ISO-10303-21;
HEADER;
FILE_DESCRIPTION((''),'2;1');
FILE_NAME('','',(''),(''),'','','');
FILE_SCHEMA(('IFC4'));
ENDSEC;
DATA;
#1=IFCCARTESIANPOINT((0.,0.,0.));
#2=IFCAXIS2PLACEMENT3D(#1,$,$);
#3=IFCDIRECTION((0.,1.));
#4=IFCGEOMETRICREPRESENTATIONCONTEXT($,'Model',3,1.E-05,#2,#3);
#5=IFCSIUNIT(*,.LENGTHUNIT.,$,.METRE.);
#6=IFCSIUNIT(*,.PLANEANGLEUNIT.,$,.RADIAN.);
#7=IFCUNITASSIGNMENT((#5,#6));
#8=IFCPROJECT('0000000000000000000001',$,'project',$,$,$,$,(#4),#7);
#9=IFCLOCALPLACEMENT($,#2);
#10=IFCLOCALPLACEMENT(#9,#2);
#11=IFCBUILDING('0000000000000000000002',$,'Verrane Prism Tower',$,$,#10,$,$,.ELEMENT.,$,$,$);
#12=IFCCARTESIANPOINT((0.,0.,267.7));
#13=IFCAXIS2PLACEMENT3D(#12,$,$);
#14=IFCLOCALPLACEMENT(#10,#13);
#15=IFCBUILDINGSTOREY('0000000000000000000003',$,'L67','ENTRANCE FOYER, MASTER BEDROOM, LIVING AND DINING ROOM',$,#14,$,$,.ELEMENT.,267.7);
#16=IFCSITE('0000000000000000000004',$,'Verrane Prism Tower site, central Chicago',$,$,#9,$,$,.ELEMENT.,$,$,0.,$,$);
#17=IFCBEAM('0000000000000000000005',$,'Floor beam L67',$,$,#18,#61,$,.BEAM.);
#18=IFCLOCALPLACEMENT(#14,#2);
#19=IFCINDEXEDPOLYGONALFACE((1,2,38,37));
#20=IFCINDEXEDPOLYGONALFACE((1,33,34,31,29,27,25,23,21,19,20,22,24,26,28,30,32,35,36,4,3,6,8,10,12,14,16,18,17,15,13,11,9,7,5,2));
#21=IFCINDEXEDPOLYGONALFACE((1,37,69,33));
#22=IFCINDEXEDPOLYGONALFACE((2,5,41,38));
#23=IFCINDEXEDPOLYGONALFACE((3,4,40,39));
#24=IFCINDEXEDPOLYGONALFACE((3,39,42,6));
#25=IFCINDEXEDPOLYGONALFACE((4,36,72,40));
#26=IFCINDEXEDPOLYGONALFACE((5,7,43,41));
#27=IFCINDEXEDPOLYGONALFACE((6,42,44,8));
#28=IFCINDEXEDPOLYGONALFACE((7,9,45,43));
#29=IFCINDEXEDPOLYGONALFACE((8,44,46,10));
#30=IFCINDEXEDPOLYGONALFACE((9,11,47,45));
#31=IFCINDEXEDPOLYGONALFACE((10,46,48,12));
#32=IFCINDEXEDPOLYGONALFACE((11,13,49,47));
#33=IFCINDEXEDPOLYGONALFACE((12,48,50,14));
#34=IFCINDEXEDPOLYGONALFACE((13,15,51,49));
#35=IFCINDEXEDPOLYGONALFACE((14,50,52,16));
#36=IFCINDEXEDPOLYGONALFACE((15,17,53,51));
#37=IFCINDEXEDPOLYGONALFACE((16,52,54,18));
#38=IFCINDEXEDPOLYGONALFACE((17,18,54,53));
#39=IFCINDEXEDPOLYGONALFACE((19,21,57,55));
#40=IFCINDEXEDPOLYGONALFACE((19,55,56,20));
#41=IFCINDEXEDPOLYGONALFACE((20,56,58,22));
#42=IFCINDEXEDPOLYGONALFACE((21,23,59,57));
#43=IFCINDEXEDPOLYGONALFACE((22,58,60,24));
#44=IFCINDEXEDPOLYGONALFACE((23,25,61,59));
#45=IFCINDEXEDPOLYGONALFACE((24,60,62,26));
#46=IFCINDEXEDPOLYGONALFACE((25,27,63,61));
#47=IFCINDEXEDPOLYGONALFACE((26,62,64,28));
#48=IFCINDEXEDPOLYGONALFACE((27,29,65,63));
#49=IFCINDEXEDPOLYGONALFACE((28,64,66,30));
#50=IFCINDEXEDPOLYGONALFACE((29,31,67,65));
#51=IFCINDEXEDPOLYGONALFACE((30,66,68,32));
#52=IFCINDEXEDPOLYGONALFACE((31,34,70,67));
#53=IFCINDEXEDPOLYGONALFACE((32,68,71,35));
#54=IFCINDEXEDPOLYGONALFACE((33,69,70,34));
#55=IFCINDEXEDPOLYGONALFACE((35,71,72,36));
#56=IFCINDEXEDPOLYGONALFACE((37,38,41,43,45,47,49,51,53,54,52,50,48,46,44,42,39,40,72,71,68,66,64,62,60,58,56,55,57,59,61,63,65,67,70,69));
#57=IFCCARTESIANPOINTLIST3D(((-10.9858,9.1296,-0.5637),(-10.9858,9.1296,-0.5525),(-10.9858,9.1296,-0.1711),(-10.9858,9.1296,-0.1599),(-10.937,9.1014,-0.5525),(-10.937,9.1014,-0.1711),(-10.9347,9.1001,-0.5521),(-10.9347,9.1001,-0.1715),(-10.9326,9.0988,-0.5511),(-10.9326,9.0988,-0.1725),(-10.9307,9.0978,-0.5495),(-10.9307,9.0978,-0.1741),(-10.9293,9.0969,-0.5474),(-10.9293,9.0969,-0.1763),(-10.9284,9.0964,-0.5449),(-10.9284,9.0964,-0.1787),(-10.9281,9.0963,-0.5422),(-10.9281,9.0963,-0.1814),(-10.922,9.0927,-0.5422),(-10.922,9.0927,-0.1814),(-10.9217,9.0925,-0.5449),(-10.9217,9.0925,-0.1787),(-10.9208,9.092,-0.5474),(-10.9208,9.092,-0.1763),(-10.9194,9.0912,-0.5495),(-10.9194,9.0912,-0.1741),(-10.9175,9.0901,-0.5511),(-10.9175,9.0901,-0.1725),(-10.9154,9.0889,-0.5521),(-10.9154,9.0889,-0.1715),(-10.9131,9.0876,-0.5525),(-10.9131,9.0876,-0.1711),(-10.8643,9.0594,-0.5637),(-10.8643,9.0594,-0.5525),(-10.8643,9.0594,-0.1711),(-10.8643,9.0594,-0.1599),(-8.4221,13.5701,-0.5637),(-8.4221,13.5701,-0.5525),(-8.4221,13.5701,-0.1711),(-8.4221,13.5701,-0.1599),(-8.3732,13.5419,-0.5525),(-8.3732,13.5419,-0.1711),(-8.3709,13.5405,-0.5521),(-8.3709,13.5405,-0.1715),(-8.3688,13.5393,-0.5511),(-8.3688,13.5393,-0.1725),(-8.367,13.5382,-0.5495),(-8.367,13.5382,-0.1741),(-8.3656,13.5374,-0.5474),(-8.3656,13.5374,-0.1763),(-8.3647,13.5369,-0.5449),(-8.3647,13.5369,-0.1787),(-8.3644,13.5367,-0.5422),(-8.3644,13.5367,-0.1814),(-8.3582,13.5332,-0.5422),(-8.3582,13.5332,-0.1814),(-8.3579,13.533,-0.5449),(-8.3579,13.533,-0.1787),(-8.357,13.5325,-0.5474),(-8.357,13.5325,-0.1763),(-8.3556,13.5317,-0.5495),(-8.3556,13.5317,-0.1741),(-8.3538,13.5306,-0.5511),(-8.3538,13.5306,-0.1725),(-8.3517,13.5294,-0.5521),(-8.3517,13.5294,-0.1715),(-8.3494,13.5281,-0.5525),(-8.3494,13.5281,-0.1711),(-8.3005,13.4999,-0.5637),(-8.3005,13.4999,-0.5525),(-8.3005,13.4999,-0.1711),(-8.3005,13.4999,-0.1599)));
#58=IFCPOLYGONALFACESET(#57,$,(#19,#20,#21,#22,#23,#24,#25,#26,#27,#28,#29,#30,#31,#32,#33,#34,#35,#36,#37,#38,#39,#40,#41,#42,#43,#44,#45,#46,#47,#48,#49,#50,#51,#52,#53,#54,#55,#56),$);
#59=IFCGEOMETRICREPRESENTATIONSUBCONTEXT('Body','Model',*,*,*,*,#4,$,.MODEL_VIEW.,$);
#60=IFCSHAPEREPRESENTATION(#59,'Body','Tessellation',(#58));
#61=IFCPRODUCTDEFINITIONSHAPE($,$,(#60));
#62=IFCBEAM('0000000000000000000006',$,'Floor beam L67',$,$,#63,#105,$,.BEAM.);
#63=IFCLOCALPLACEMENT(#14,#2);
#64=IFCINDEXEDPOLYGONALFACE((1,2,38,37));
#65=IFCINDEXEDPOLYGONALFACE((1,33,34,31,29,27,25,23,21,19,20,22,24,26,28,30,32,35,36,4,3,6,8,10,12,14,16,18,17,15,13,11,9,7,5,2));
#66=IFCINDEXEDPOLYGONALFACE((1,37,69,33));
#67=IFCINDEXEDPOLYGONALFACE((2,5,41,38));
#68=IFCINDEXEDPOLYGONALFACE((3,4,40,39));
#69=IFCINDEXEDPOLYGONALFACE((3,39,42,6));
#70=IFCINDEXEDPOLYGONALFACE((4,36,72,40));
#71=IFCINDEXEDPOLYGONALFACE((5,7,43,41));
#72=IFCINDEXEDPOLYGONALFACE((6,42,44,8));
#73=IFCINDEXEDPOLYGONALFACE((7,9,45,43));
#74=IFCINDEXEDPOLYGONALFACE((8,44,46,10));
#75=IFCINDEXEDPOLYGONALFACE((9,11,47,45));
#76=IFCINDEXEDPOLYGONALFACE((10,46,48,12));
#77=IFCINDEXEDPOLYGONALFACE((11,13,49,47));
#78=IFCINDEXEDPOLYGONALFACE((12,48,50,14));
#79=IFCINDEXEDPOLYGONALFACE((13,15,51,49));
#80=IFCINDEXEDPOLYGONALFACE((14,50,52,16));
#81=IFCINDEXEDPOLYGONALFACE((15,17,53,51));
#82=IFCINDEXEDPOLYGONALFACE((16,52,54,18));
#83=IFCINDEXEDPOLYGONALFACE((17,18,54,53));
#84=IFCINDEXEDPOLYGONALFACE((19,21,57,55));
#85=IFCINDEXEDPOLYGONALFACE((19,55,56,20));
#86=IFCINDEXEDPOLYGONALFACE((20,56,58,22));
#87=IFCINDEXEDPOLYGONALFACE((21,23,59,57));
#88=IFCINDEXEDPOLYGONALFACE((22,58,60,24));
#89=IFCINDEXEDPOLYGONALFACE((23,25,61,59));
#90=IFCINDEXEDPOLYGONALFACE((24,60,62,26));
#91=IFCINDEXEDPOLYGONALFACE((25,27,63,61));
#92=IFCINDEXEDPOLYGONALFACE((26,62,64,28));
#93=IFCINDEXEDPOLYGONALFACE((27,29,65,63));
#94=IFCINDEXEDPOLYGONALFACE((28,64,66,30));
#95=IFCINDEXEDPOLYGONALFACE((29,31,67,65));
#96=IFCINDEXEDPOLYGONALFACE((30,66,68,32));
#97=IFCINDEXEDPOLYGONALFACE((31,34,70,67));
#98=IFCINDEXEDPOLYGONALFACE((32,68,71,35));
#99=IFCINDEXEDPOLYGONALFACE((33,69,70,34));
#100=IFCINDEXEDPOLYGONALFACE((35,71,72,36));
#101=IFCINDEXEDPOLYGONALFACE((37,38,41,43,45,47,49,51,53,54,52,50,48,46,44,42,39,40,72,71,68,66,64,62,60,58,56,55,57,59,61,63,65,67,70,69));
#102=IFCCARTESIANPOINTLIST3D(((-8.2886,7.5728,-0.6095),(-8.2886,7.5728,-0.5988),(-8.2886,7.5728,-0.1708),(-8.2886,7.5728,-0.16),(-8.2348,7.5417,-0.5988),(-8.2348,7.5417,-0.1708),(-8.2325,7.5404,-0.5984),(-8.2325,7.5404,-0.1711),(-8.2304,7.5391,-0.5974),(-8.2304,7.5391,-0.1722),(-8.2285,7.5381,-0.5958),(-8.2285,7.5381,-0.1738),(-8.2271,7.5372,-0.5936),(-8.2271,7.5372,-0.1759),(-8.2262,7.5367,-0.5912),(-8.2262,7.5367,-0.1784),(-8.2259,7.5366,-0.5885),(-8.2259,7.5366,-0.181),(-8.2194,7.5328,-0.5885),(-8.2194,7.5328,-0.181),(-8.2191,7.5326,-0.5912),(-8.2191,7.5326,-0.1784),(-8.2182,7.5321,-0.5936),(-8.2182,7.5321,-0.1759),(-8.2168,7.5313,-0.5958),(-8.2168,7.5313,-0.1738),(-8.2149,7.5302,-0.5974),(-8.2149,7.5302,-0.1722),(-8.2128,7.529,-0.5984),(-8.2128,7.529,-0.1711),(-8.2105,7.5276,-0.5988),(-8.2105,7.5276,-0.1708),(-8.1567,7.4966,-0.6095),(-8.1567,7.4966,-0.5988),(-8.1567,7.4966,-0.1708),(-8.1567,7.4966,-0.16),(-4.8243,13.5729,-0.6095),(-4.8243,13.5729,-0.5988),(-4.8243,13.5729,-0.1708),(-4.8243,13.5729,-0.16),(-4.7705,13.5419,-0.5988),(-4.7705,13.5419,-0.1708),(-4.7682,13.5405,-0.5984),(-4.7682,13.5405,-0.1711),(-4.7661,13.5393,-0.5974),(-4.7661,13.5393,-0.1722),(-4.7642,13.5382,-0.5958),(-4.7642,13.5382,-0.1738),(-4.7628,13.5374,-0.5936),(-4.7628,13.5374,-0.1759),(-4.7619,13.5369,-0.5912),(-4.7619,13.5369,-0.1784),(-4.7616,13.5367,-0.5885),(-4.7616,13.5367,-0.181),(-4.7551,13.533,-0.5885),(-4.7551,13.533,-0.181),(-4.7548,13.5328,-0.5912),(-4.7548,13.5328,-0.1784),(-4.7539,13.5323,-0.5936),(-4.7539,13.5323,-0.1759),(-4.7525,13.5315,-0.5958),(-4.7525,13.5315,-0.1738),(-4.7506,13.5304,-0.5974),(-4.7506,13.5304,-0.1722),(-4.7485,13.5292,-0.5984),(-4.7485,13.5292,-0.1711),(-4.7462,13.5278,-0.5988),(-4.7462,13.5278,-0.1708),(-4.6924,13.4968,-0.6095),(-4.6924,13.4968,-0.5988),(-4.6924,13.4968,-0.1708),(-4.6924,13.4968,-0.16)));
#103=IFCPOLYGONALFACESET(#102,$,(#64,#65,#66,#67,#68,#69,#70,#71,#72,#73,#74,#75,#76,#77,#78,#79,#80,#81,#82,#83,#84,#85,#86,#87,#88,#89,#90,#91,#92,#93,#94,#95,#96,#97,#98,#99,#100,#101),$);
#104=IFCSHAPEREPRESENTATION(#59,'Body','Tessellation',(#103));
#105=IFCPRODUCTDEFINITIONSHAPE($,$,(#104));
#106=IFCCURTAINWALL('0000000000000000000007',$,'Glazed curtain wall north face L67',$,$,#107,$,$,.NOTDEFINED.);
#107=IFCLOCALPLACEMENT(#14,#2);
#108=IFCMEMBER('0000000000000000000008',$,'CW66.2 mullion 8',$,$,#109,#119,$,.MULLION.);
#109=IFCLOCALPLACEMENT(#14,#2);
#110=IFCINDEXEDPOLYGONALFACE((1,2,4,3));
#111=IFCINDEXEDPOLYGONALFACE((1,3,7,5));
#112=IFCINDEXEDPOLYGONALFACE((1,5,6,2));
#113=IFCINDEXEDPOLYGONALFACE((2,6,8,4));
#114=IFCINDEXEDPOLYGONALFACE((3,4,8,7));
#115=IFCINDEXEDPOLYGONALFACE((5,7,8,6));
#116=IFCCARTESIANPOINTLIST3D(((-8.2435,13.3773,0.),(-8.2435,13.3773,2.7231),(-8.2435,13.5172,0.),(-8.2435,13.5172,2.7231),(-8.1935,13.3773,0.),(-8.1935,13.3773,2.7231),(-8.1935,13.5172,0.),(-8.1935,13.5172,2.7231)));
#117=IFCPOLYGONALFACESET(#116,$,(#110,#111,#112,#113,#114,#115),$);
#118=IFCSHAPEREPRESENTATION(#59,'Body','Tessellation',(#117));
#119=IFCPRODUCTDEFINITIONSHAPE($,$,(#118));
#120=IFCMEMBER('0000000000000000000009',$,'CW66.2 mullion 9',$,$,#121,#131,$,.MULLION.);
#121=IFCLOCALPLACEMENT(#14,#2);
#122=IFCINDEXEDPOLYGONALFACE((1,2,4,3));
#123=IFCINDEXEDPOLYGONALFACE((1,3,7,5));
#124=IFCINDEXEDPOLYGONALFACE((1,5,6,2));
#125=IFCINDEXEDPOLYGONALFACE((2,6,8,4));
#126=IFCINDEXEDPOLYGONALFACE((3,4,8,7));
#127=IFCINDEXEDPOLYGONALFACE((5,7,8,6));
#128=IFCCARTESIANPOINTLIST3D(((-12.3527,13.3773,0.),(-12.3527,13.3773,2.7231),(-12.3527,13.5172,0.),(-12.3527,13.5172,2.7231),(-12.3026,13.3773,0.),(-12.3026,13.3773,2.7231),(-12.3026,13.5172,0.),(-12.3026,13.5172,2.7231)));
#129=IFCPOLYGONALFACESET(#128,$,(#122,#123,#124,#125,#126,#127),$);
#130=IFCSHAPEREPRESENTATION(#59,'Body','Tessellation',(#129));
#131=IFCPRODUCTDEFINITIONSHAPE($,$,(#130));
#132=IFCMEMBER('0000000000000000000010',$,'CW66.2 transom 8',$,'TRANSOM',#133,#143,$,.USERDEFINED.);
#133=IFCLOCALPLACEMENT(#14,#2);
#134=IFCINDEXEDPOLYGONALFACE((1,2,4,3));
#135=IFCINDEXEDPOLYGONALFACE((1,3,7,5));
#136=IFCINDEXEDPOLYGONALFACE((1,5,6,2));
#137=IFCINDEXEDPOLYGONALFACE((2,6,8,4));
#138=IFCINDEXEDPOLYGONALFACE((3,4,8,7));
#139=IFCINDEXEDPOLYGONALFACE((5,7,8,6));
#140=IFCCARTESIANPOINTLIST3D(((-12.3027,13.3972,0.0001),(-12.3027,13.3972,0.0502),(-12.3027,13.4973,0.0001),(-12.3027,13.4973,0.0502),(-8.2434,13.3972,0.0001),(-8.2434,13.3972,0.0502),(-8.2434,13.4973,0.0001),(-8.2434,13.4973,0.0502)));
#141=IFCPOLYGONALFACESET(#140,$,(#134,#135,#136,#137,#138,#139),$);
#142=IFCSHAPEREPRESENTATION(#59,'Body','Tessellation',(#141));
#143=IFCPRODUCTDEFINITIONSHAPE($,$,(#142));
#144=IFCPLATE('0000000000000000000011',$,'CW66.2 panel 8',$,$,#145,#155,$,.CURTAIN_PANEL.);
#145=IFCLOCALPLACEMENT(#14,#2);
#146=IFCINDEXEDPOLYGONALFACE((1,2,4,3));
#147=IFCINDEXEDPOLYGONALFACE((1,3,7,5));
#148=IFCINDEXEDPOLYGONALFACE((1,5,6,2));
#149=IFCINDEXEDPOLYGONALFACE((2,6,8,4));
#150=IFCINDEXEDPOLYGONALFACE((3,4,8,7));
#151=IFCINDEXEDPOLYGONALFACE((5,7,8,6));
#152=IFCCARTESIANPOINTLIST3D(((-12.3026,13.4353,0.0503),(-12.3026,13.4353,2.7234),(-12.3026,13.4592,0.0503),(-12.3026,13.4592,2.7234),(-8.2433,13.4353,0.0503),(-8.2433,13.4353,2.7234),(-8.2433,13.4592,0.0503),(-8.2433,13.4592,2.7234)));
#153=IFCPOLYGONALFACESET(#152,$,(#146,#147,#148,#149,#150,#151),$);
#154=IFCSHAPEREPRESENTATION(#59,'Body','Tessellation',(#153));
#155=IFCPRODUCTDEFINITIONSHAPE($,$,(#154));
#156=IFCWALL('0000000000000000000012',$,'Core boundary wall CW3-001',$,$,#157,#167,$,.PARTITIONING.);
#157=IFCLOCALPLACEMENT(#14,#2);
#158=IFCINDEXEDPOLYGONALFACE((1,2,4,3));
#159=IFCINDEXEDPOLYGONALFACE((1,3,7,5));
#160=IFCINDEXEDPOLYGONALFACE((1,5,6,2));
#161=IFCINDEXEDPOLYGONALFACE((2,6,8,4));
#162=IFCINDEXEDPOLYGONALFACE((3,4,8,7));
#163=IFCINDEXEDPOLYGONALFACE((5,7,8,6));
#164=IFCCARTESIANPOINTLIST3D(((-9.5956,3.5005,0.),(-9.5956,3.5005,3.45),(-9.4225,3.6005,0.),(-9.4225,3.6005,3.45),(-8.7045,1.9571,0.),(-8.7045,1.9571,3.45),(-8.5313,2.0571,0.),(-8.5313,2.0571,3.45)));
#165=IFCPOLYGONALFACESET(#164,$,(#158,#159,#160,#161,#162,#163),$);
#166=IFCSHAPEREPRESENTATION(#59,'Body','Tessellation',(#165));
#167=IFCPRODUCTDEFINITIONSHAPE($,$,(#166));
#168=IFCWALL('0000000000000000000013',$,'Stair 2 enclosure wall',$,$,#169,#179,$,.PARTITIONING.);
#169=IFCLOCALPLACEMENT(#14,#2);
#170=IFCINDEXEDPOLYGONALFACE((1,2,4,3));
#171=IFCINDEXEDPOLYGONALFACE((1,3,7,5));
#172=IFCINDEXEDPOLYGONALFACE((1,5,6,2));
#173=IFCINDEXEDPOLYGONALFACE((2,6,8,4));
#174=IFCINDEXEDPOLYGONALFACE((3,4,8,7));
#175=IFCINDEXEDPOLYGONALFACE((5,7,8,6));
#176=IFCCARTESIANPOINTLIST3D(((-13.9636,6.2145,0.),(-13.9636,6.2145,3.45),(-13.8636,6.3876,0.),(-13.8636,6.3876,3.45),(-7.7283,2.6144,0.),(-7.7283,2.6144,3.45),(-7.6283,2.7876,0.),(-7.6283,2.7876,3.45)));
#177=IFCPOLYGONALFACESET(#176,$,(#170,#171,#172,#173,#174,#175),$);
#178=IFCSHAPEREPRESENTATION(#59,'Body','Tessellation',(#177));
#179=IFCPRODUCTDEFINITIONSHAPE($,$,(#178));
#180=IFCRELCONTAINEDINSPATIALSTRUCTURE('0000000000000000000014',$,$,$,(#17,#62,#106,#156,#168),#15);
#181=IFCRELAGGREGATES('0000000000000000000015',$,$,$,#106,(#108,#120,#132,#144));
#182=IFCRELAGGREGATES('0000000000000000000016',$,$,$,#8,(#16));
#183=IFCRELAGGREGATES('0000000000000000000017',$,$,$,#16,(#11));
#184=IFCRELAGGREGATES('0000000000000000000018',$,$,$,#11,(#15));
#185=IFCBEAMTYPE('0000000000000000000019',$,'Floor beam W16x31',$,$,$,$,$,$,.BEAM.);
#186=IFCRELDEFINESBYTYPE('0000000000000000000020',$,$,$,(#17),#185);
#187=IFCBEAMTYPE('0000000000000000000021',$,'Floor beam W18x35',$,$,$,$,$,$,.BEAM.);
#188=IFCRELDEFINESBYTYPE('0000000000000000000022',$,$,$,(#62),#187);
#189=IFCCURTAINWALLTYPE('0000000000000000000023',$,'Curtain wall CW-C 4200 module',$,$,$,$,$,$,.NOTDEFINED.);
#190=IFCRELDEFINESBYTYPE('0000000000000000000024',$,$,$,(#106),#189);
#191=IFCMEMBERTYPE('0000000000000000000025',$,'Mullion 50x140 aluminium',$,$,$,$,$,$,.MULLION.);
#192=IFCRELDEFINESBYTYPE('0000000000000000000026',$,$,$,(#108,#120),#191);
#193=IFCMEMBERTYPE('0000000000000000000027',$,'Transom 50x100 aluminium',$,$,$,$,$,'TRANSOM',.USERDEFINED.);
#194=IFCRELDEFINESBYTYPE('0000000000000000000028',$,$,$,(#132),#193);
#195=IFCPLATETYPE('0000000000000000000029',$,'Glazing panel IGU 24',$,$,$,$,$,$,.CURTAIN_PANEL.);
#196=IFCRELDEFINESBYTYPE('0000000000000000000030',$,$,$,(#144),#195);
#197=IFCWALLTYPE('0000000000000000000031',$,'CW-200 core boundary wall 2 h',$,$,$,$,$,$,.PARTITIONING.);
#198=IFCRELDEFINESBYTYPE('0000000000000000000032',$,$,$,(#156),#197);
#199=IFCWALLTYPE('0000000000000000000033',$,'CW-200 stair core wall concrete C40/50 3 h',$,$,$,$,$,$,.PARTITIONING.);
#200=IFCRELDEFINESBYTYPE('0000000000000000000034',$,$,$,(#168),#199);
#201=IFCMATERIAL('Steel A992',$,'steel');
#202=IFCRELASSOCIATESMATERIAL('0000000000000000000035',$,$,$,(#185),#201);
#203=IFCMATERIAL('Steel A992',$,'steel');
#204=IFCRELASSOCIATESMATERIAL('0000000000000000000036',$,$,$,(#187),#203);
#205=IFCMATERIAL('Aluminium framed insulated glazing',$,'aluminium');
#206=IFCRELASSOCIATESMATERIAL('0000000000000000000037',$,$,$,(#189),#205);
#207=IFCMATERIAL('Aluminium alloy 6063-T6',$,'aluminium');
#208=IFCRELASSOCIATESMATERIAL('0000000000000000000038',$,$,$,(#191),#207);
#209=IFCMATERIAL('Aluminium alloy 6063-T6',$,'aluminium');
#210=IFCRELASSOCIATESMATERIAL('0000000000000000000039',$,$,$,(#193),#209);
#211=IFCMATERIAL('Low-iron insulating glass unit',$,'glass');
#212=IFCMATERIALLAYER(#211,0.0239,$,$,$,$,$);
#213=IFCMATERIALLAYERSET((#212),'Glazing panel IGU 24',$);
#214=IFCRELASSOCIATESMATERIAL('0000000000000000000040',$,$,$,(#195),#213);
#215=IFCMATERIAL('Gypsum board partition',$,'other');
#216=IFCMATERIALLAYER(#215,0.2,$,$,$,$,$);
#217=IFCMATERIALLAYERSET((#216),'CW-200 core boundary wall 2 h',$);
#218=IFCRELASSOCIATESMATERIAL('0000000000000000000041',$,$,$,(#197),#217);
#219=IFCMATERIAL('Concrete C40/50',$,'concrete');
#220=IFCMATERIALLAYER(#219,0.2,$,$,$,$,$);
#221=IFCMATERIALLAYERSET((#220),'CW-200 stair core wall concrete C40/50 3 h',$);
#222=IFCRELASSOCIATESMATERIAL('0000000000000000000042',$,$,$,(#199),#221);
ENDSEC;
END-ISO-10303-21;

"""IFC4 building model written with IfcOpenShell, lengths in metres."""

from ifc_helpers import new_model, si_unit, direction, frame, frame_2d, origin, origin_2d, place, context, subcontext, project, spatial, rectangle, i_section, extrude, material, layer, layer_set, material_profile, profile_set, type_object, element, aggregate, save


model = new_model("IFC4")

# Units and contexts
model_context = context("Model", 3, precision=1e-05, world=origin(), true_north=direction((0.0, 1.0)))
body_context = subcontext(model_context, "Body", "Model", "MODEL_VIEW")
ifc_project = project(units=[si_unit("LENGTHUNIT", "METRE"), si_unit("PLANEANGLEUNIT", "RADIAN")], contexts=[model_context])

# Site, building, storey
site_placement = place(None, origin())
site = spatial("IfcSite", under=ifc_project, at=site_placement, Name="Verrane Prism Tower site, central Chicago", CompositionType="ELEMENT", RefElevation=0.0)
building_placement = place(site_placement, origin())
building = spatial("IfcBuilding", under=site, at=building_placement, Name="Verrane Prism Tower", CompositionType="ELEMENT")
storey_placement = place(building_placement, frame((0.0, 0.0, 267.7)))
storey = spatial("IfcBuildingStorey", under=building, at=storey_placement, Name="L67", Description="ENTRANCE FOYER, MASTER BEDROOM, LIVING AND DINING ROOM", CompositionType="ELEMENT", Elevation=267.7)

# Beams
ifc_material_1 = material(Name="Steel A992", Category="steel")
ifc_material_profile_1 = material_profile(ifc_material_1, i_section(OverallWidth=0.1404, OverallDepth=0.4038, WebThickness=0.0071, FlangeThickness=0.0112, FilletRadius=0.0103, at=origin_2d()), Name="W16x31")
ifc_profile_set_1 = profile_set([ifc_material_profile_1], Name="Steel A992")
beam_type_1 = type_object("IfcBeamType", Name="Floor beam W16x31", PredefinedType="BEAM", material=ifc_profile_set_1)
beam_1_placement = place(storey_placement, frame((-10.925, 9.0945, -0.3618), z_axis=(0.500005, 0.866022, 0.0), x_axis=(-0.866022, 0.500005, 0.0)))
element("IfcBeam", 1, at=beam_1_placement, inside=storey, type_object=beam_type_1, Name="Floor beam L67", PredefinedType="BEAM", context=body_context, shape_type="SweptSolid", body=[
    extrude(i_section(OverallWidth=0.1404, OverallDepth=0.4038, WebThickness=0.0071, FlangeThickness=0.0112, FilletRadius=0.0103, at=origin_2d()), origin(), (0.0, 0.0, 1.0), 5.1274),
])
ifc_material_2 = material(Name="Steel A992", Category="steel")
ifc_material_profile_2 = material_profile(ifc_material_2, i_section(OverallWidth=0.1523, OverallDepth=0.4495, WebThickness=0.0076, FlangeThickness=0.0107, FilletRadius=0.0103, at=origin_2d()), Name="W18x35")
ifc_profile_set_2 = profile_set([ifc_material_profile_2], Name="Steel A992")
beam_type_2 = type_object("IfcBeamType", Name="Floor beam W18x35", PredefinedType="BEAM", material=ifc_profile_set_2)
beam_2_placement = place(storey_placement, frame((-8.2227, 7.5347, -0.3848), z_axis=(0.500012, 0.866018, 0.0), x_axis=(-0.866018, 0.500012, 0.0)))
element("IfcBeam", 2, at=beam_2_placement, inside=storey, type_object=beam_type_2, Name="Floor beam L67", PredefinedType="BEAM", context=body_context, shape_type="SweptSolid", body=[
    extrude(i_section(OverallWidth=0.1523, OverallDepth=0.4495, WebThickness=0.0076, FlangeThickness=0.0107, FilletRadius=0.0103, at=origin_2d()), origin(), (0.0, 0.0, 1.0), 6.9285),
])

# Curtain wall, members, plate
ifc_material_3 = material(Name="Aluminium framed insulated glazing", Category="aluminium")
curtain_wall_type = type_object("IfcCurtainWallType", Name="Curtain wall CW-C 4200 module", PredefinedType="NOTDEFINED", material=ifc_material_3)
curtain_wall_placement = place(storey_placement, origin())
curtain_wall = element("IfcCurtainWall", 3, at=curtain_wall_placement, inside=storey, type_object=curtain_wall_type, Name="Glazed curtain wall north face L67", PredefinedType="NOTDEFINED")
ifc_material_4 = material(Name="Aluminium alloy 6063-T6", Category="aluminium")
ifc_material_profile_3 = material_profile(ifc_material_4, rectangle(XDim=0.1399, YDim=0.05, at=origin_2d()), Name="Mullion 50x140 aluminium")
ifc_profile_set_3 = profile_set([ifc_material_profile_3], Name="Aluminium alloy 6063-T6")
member_type_1 = type_object("IfcMemberType", Name="Mullion 50x140 aluminium", PredefinedType="MULLION", material=ifc_profile_set_3)
member_1_placement = place(storey_placement, frame((-8.2185, 13.4473, 0.0), z_axis=(0.0, 0.0, 1.0), x_axis=(0.0, -1.0, 0.0)))
member_1 = element("IfcMember", 4, at=member_1_placement, type_object=member_type_1, Name="CW66.2 mullion 8", PredefinedType="MULLION", context=body_context, shape_type="SweptSolid", body=[
    extrude(rectangle(XDim=0.1399, YDim=0.05, at=origin_2d()), origin(), (0.0, 0.0, 1.0), 2.7231),
])
member_2_placement = place(storey_placement, frame((-12.3276, 13.4473, 0.0), z_axis=(0.0, 0.0, 1.0), x_axis=(0.0, -1.0, 0.0)))
member_2 = element("IfcMember", 5, at=member_2_placement, type_object=member_type_1, Name="CW66.2 mullion 9", PredefinedType="MULLION", context=body_context, shape_type="SweptSolid", body=[
    extrude(rectangle(XDim=0.1399, YDim=0.05, at=origin_2d()), origin(), (0.0, 0.0, 1.0), 2.7231),
])
ifc_material_5 = material(Name="Aluminium alloy 6063-T6", Category="aluminium")
ifc_material_profile_4 = material_profile(ifc_material_5, rectangle(XDim=0.1001, YDim=0.05, at=origin_2d()), Name="Transom 50x100 aluminium")
ifc_profile_set_4 = profile_set([ifc_material_profile_4], Name="Aluminium alloy 6063-T6")
member_type_2 = type_object("IfcMemberType", Name="Transom 50x100 aluminium", ElementType="TRANSOM", PredefinedType="USERDEFINED", material=ifc_profile_set_4)
member_3_placement = place(storey_placement, frame((-8.2434, 13.4473, 0.0251), z_axis=(-1.0, 0.0, 0.0), x_axis=(0.0, -1.0, 0.0)))
member_3 = element("IfcMember", 6, at=member_3_placement, type_object=member_type_2, Name="CW66.2 transom 8", ObjectType="TRANSOM", PredefinedType="USERDEFINED", context=body_context, shape_type="SweptSolid", body=[
    extrude(rectangle(XDim=0.1001, YDim=0.05, at=origin_2d()), origin(), (0.0, 0.0, 1.0), 4.0593),
])
ifc_material_6 = material(Name="Low-iron insulating glass unit", Category="glass")
ifc_layer_1 = layer(ifc_material_6, 0.0239)
ifc_layer_set_1 = layer_set([ifc_layer_1], Name="Glazing panel IGU 24")
plate_type = type_object("IfcPlateType", Name="Glazing panel IGU 24", PredefinedType="CURTAIN_PANEL", material=ifc_layer_set_1)
plate_placement = place(storey_placement, frame((-10.2729, 13.4473, 0.0503), z_axis=(0.0, 0.0, 1.0), x_axis=(-1.0, 0.0, 0.0)))
plate = element("IfcPlate", 7, at=plate_placement, type_object=plate_type, Name="CW66.2 panel 8", PredefinedType="CURTAIN_PANEL", context=body_context, shape_type="SweptSolid", body=[
    extrude(rectangle(XDim=4.0593, YDim=0.0239, at=origin_2d()), origin(), (0.0, 0.0, 1.0), 2.6731),
])
aggregate(curtain_wall, [member_1, member_2, member_3, plate])

# Walls
ifc_material_7 = material(Name="Gypsum board partition", Category="other")
ifc_layer_2 = layer(ifc_material_7, 0.2)
ifc_layer_set_2 = layer_set([ifc_layer_2], Name="CW-200 core boundary wall 2 h")
wall_type_1 = type_object("IfcWallType", Name="CW-200 core boundary wall 2 h", PredefinedType="PARTITIONING", material=ifc_layer_set_2)
wall_1_placement = place(storey_placement, frame((-9.509, 3.5505, 0.0), z_axis=(0.0, 0.0, 1.0), x_axis=(0.499999, -0.866026, 0.0)))
element("IfcWall", 8, at=wall_1_placement, inside=storey, type_object=wall_type_1, Name="Core boundary wall CW3-001", PredefinedType="PARTITIONING", context=body_context, shape_type="SweptSolid", body=[
    extrude(rectangle(XDim=1.7822, YDim=0.2, at=frame_2d((0.8911, 0.0))), origin(), (0.0, 0.0, 1.0), 3.45),
])
ifc_material_8 = material(Name="Concrete C40/50", Category="concrete")
ifc_layer_3 = layer(ifc_material_8, 0.2)
ifc_layer_set_3 = layer_set([ifc_layer_3], Name="CW-200 stair core wall concrete C40/50 3 h")
wall_type_2 = type_object("IfcWallType", Name="CW-200 stair core wall concrete C40/50 3 h", PredefinedType="PARTITIONING", material=ifc_layer_set_3)
for number, where, z_axis, x_axis, name in (
    (9, (-7.6782, 2.7009, 0.0), (0.0, 0.0, 1.0), (-0.866018, 0.500012, 0.0), "Stair 2 enclosure wall"),
):
    element("IfcWall", number, at=place(storey_placement, frame(where, z_axis=z_axis, x_axis=x_axis)), inside=storey, type_object=wall_type_2, Name=name, PredefinedType="PARTITIONING", context=body_context, shape_type="SweptSolid", body=[
        extrude(rectangle(XDim=7.2, YDim=0.2, at=frame_2d((3.6001, 0.0))), origin(), (0.0, 0.0, 1.0), 3.45),
    ])

save(model, "model.ifc")
